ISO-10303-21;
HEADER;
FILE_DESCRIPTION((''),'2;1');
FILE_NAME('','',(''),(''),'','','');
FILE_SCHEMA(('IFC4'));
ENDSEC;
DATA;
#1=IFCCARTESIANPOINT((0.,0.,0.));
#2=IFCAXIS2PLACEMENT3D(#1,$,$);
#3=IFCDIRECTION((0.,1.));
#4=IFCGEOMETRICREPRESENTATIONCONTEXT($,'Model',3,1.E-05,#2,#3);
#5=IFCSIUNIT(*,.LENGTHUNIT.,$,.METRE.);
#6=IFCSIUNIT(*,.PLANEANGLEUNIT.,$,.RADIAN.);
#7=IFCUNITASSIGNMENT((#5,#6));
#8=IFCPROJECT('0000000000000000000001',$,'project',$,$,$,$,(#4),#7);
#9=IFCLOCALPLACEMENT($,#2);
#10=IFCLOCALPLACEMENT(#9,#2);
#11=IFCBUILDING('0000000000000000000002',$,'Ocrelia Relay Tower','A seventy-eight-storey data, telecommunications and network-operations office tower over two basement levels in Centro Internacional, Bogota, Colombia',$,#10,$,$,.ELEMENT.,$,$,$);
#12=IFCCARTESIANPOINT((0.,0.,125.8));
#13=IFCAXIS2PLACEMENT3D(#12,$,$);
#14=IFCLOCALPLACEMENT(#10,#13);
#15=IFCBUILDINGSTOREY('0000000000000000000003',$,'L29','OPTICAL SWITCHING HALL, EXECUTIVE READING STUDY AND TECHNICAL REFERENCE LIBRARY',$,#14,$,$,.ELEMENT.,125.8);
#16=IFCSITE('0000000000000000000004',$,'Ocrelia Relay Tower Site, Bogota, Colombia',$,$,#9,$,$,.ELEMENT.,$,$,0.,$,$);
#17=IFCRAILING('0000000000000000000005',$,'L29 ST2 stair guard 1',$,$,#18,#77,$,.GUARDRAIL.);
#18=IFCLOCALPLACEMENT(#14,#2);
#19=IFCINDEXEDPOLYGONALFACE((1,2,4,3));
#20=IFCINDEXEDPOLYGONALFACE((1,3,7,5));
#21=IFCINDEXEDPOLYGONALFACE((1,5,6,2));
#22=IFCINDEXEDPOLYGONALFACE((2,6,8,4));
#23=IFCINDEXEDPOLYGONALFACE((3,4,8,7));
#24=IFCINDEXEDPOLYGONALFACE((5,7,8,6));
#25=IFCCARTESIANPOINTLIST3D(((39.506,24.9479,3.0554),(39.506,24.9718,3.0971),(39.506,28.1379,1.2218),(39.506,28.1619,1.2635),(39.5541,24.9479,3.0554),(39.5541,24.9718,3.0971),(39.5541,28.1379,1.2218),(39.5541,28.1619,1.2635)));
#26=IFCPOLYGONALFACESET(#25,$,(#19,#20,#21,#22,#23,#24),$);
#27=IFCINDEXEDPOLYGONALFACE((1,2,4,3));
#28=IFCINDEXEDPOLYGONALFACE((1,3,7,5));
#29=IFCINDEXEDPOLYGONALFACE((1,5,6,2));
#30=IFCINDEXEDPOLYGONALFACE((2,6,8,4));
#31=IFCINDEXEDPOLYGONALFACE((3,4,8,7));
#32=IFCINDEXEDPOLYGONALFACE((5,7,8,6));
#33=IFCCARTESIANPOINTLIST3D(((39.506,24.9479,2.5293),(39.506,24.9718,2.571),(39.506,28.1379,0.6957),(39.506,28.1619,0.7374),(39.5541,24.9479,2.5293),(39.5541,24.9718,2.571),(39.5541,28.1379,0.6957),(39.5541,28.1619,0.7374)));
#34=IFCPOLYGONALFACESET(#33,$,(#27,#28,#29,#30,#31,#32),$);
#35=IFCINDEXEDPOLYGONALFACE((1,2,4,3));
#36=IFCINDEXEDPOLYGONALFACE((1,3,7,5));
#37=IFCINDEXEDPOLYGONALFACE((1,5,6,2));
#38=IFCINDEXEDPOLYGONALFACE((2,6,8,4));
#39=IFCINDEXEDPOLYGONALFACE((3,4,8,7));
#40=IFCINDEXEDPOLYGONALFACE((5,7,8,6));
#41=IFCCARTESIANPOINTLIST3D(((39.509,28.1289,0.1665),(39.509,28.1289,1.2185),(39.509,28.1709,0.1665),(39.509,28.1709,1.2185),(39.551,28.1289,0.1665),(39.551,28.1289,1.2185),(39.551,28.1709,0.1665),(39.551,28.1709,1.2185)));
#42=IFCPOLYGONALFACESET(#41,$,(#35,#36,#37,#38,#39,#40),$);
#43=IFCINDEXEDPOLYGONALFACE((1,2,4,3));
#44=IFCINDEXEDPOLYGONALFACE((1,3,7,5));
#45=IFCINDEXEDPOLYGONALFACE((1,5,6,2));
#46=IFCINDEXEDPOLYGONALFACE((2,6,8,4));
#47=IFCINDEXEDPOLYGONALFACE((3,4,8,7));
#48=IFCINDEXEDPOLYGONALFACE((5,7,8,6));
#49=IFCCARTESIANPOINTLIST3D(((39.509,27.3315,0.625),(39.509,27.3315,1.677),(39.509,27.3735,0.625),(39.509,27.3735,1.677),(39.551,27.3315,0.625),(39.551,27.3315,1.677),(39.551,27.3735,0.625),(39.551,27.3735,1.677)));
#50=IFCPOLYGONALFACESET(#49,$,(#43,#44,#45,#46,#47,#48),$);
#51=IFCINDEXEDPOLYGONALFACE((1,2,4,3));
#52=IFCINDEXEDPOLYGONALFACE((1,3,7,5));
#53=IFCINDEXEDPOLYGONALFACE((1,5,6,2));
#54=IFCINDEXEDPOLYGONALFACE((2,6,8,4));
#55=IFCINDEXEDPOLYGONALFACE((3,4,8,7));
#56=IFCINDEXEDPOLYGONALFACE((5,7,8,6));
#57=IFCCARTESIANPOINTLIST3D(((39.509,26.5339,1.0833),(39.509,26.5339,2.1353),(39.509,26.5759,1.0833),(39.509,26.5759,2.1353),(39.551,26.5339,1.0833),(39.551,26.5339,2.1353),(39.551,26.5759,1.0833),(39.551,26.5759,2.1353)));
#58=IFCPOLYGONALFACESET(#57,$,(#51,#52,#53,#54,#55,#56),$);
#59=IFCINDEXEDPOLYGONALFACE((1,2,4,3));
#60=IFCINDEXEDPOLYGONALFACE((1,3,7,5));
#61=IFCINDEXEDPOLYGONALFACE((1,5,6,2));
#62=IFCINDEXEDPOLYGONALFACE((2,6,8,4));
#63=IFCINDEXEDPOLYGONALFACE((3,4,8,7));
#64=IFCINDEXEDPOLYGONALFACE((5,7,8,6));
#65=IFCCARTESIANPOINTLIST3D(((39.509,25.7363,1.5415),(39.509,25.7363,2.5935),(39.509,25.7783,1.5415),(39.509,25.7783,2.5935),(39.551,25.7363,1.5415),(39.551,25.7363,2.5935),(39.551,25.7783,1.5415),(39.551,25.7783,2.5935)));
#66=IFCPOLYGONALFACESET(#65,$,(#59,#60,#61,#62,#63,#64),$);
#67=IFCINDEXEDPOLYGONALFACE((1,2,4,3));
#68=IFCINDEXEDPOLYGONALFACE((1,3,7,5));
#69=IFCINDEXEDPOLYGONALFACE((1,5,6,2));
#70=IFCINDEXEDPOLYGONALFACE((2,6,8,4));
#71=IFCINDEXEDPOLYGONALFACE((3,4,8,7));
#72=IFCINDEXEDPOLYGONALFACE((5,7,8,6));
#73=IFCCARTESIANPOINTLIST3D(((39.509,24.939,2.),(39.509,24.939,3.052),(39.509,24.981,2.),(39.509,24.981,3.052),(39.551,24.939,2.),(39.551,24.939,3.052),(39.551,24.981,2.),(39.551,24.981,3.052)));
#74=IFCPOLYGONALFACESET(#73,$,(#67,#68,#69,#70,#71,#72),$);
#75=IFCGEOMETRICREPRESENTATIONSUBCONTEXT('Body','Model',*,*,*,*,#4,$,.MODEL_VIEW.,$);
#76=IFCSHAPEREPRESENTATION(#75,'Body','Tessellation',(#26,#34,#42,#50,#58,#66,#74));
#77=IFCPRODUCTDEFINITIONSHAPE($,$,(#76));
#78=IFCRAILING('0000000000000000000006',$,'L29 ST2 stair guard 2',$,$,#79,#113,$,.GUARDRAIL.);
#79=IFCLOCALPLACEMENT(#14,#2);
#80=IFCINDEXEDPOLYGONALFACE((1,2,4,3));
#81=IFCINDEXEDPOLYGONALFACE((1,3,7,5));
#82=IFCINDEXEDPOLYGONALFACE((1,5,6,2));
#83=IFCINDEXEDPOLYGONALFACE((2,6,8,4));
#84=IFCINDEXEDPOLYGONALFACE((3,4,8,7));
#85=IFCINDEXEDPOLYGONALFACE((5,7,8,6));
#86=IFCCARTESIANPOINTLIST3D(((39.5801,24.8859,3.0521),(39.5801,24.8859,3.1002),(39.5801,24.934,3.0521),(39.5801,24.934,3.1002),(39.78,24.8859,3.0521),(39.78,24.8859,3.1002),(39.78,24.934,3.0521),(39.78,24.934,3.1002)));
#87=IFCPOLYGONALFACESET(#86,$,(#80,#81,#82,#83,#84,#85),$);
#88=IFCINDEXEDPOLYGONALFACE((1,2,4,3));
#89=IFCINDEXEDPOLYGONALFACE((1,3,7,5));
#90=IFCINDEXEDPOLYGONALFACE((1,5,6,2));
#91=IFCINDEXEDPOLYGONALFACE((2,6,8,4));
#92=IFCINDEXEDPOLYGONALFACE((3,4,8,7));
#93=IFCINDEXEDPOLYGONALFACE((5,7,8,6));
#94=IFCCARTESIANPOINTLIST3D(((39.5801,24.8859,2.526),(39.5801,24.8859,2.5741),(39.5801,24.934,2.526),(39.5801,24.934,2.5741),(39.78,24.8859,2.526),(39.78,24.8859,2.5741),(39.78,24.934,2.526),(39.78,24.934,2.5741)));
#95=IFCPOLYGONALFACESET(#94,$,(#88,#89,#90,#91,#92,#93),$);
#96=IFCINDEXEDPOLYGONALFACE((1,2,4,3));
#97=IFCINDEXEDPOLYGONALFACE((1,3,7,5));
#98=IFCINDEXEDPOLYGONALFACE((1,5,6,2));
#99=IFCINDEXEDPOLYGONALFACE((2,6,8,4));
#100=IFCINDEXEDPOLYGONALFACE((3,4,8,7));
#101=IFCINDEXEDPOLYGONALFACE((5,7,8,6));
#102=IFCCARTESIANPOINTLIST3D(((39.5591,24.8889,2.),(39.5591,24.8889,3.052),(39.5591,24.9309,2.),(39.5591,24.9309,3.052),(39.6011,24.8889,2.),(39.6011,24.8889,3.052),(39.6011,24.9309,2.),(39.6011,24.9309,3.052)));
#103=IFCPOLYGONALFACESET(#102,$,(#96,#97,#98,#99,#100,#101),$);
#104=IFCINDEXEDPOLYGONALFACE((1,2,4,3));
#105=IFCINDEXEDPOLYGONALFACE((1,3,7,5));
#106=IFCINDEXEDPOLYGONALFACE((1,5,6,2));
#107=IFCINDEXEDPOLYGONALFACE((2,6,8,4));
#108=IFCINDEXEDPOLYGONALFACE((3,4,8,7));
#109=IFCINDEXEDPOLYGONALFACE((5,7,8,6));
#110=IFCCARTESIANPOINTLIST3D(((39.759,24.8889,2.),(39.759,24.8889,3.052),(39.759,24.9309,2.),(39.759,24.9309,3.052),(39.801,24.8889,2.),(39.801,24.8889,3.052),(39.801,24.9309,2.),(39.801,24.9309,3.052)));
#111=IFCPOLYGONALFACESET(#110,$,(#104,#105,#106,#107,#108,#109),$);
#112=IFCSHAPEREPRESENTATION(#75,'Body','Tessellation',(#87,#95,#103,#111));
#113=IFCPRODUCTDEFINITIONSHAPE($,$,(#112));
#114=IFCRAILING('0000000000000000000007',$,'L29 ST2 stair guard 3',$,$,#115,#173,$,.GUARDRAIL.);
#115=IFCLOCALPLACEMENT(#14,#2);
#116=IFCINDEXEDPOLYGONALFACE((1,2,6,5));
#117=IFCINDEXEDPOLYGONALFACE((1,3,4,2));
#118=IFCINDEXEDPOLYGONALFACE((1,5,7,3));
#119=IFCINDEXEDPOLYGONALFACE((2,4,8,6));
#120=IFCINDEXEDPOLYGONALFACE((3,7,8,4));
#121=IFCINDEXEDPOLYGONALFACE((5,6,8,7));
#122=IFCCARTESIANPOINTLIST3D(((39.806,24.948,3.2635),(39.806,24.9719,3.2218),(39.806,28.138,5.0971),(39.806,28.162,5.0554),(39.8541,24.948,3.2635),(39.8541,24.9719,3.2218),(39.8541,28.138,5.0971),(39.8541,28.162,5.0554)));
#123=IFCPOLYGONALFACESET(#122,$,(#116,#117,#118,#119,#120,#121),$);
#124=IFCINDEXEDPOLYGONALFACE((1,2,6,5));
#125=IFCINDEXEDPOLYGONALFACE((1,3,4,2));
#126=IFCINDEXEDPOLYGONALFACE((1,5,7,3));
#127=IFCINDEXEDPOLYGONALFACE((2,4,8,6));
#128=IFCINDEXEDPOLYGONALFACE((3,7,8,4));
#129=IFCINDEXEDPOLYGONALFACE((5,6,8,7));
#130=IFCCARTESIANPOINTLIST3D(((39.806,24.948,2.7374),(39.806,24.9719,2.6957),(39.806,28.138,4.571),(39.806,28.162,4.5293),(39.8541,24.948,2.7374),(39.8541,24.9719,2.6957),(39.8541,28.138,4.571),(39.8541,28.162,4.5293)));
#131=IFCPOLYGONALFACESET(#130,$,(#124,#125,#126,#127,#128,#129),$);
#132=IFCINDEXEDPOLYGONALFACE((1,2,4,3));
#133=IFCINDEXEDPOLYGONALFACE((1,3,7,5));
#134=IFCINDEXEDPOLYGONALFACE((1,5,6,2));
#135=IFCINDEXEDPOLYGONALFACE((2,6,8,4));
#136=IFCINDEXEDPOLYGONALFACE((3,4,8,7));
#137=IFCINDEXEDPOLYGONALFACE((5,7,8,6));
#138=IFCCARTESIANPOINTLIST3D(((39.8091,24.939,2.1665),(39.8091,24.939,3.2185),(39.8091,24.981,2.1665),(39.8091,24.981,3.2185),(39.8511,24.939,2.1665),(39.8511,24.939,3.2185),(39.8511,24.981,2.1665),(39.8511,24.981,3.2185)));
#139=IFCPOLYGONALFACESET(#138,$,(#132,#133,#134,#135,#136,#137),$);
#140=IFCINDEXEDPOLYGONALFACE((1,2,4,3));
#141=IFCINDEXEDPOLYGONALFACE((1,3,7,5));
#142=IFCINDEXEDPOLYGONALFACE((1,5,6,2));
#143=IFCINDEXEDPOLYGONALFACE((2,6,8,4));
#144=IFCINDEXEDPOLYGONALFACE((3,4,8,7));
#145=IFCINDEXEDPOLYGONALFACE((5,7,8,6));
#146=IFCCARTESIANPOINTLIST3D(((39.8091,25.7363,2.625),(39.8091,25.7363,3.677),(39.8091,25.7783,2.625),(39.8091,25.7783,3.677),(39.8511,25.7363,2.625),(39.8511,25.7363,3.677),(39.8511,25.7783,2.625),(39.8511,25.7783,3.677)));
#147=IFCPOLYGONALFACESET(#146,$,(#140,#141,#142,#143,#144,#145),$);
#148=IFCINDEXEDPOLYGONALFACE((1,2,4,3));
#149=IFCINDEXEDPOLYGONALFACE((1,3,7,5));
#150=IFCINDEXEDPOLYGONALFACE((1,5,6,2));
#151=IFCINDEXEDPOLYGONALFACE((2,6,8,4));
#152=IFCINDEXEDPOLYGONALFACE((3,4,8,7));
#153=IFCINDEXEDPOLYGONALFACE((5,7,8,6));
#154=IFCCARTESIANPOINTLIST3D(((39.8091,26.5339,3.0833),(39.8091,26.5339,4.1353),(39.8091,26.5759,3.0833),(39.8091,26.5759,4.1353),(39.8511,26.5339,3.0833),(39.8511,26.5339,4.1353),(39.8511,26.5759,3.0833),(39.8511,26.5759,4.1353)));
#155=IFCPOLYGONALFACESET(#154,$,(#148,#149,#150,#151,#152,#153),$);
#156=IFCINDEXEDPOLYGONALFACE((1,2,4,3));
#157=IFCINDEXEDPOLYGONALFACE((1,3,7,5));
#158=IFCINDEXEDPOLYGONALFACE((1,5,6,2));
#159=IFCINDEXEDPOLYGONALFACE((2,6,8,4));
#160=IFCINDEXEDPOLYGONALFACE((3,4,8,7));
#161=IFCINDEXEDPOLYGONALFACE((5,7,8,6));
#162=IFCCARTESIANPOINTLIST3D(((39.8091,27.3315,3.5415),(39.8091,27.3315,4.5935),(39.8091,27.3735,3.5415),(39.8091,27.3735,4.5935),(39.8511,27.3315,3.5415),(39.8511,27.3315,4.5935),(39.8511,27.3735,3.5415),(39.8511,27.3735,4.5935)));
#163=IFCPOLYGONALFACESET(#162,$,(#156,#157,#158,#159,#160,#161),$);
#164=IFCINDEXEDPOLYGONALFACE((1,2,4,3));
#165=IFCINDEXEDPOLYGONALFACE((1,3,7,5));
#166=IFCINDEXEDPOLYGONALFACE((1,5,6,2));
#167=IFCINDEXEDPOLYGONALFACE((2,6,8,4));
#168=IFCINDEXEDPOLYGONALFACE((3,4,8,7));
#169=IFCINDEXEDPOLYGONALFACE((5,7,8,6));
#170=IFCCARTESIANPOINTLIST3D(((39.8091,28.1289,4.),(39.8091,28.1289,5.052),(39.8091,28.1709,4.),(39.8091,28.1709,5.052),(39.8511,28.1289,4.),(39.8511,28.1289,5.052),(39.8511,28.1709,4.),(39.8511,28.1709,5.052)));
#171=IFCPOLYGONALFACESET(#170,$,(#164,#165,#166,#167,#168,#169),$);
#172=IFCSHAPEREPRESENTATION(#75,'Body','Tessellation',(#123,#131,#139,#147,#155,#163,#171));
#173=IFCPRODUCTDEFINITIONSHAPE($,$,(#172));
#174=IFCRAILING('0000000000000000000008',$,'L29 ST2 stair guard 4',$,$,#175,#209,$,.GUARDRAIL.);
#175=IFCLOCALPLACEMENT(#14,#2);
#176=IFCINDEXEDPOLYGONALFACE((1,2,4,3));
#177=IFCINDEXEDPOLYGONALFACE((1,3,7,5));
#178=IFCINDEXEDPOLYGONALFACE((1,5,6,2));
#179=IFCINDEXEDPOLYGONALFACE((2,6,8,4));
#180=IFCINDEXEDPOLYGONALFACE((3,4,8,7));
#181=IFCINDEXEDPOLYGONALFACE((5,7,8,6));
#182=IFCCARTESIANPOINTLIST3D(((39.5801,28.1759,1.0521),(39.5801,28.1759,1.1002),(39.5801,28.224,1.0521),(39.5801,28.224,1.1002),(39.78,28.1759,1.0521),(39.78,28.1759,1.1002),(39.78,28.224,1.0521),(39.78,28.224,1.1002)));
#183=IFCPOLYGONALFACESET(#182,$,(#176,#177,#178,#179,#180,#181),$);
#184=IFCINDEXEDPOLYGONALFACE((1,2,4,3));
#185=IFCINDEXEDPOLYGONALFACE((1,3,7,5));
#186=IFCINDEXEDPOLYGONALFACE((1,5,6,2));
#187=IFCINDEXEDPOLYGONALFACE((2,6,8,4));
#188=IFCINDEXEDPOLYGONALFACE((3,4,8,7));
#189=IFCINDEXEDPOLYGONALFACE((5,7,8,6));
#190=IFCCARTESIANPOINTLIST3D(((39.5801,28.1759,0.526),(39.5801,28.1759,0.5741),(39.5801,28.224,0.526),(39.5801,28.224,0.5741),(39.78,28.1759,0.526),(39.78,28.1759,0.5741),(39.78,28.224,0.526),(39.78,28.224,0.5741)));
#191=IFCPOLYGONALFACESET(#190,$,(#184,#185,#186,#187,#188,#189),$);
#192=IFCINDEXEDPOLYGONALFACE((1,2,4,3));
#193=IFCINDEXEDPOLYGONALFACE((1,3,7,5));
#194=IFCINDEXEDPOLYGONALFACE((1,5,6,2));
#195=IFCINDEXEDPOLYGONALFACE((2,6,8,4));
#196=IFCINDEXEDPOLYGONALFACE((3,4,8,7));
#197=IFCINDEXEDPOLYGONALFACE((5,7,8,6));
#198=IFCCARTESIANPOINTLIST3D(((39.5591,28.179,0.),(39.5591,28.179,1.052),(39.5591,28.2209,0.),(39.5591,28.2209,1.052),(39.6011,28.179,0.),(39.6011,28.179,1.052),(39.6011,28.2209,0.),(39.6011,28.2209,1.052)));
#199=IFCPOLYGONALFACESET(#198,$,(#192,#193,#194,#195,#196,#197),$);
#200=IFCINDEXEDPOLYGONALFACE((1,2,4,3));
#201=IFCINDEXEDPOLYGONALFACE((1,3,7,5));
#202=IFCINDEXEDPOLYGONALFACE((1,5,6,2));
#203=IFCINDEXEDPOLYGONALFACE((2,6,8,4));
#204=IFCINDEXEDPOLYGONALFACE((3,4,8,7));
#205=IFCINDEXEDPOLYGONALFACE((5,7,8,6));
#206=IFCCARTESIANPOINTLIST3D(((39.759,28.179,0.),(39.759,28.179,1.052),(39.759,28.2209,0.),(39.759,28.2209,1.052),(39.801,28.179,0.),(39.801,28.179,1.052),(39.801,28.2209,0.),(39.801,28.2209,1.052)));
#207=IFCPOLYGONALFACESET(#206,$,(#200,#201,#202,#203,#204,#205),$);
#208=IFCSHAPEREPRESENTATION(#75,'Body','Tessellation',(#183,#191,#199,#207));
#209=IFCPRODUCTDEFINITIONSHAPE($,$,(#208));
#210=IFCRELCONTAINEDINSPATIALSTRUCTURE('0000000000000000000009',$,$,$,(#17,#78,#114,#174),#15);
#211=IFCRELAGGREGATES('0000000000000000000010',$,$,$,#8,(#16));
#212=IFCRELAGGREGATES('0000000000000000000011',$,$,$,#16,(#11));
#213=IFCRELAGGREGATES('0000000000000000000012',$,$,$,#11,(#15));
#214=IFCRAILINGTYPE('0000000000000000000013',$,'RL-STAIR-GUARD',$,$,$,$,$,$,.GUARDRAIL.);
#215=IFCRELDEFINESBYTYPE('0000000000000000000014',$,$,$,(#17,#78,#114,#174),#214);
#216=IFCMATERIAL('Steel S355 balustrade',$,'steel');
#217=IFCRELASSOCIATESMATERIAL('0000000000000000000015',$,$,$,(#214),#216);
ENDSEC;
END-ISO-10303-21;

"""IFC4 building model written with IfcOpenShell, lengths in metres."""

from ifc_helpers import new_model, si_unit, direction, frame, origin, origin_2d, place, context, subcontext, project, spatial, rectangle, extrude, material, type_object, element, save


model = new_model("IFC4")

# Units and contexts
model_context = context("Model", 3, precision=1e-05, world=origin(), true_north=direction((0.0, 1.0)))
body_context = subcontext(model_context, "Body", "Model", "MODEL_VIEW")
ifc_project = project(units=[si_unit("LENGTHUNIT", "METRE"), si_unit("PLANEANGLEUNIT", "RADIAN")], contexts=[model_context])

# Site, building, storey
site_placement = place(None, origin())
site = spatial("IfcSite", under=ifc_project, at=site_placement, Name="Ocrelia Relay Tower Site, Bogota, Colombia", CompositionType="ELEMENT", RefElevation=0.0)
building_placement = place(site_placement, origin())
building = spatial("IfcBuilding", under=site, at=building_placement, Name="Ocrelia Relay Tower", Description="A seventy-eight-storey data, telecommunications and network-operations office tower over two basement levels in Centro Internacional, Bogota, Colombia", CompositionType="ELEMENT")
storey_placement = place(building_placement, frame((0.0, 0.0, 125.8)))
storey = spatial("IfcBuildingStorey", under=building, at=storey_placement, Name="L29", Description="OPTICAL SWITCHING HALL, EXECUTIVE READING STUDY AND TECHNICAL REFERENCE LIBRARY", CompositionType="ELEMENT", Elevation=125.8)

# Railings
ifc_material_1 = material(Name="Steel S355 balustrade", Category="steel")
railing_type_1 = type_object("IfcRailingType", Name="RL-STAIR-GUARD", PredefinedType="GUARDRAIL", material=ifc_material_1)
railing_1_placement = place(storey_placement, frame((39.53, 28.1499, 0.1665)))
element("IfcRailing", 1, at=railing_1_placement, inside=storey, type_object=railing_type_1, Name="L29 ST2 stair guard 1", PredefinedType="GUARDRAIL", context=body_context, shape_type="SweptSolid", body=[
    extrude(rectangle(XDim=0.0481, YDim=0.0481, at=origin_2d()), frame((0.0, 0.0, 1.0762), z_axis=(0.0, -0.866991, 0.498324), x_axis=(1.0, 0.0, 0.0)), (0.0, 0.0, 1.0), 3.6794),
    extrude(rectangle(XDim=0.0481, YDim=0.0481, at=origin_2d()), frame((0.0, 0.0, 0.55), z_axis=(0.0, -0.866991, 0.498324), x_axis=(1.0, 0.0, 0.0)), (0.0, 0.0, 1.0), 3.6794),
    extrude(rectangle(XDim=0.042, YDim=0.042, at=origin_2d()), origin(), (0.0, 0.0, 1.0), 1.052),
    extrude(rectangle(XDim=0.042, YDim=0.042, at=origin_2d()), frame((0.0, -0.7974, 0.4585)), (0.0, 0.0, 1.0), 1.052),
    extrude(rectangle(XDim=0.042, YDim=0.042, at=origin_2d()), frame((0.0, -1.595, 0.9167)), (0.0, 0.0, 1.0), 1.052),
    extrude(rectangle(XDim=0.042, YDim=0.042, at=origin_2d()), frame((0.0, -2.3926, 1.375)), (0.0, 0.0, 1.0), 1.052),
    extrude(rectangle(XDim=0.042, YDim=0.042, at=origin_2d()), frame((0.0, -3.1899, 1.8335)), (0.0, 0.0, 1.0), 1.052),
])
railing_2_placement = place(storey_placement, frame((39.5801, 24.9099, 2.0)))
element("IfcRailing", 2, at=railing_2_placement, inside=storey, type_object=railing_type_1, Name="L29 ST2 stair guard 2", PredefinedType="GUARDRAIL", context=body_context, shape_type="SweptSolid", body=[
    extrude(rectangle(XDim=0.0481, YDim=0.0481, at=origin_2d()), frame((0.0, 0.0, 1.0762), z_axis=(1.0, 0.0, 0.0), x_axis=(0.0, 1.0, 0.0)), (0.0, 0.0, 1.0), 0.2),
    extrude(rectangle(XDim=0.0481, YDim=0.0481, at=origin_2d()), frame((0.0, 0.0, 0.55), z_axis=(1.0, 0.0, 0.0), x_axis=(0.0, 1.0, 0.0)), (0.0, 0.0, 1.0), 0.2),
    extrude(rectangle(XDim=0.042, YDim=0.042, at=origin_2d()), origin(), (0.0, 0.0, 1.0), 1.052),
    extrude(rectangle(XDim=0.042, YDim=0.042, at=origin_2d()), frame((0.2, 0.0, 0.0)), (0.0, 0.0, 1.0), 1.052),
])
railing_3_placement = place(storey_placement, frame((39.8301, 24.96, 2.1665)))
element("IfcRailing", 3, at=railing_3_placement, inside=storey, type_object=railing_type_1, Name="L29 ST2 stair guard 3", PredefinedType="GUARDRAIL", context=body_context, shape_type="SweptSolid", body=[
    extrude(rectangle(XDim=0.0481, YDim=0.0481, at=origin_2d()), frame((0.0, 0.0, 1.0762), z_axis=(0.0, 0.866991, 0.498324), x_axis=(-1.0, 0.0, 0.0)), (0.0, 0.0, 1.0), 3.6794),
    extrude(rectangle(XDim=0.0481, YDim=0.0481, at=origin_2d()), frame((0.0, 0.0, 0.55), z_axis=(0.0, 0.866991, 0.498324), x_axis=(-1.0, 0.0, 0.0)), (0.0, 0.0, 1.0), 3.6794),
    extrude(rectangle(XDim=0.042, YDim=0.042, at=origin_2d()), origin(), (0.0, 0.0, 1.0), 1.052),
    extrude(rectangle(XDim=0.042, YDim=0.042, at=origin_2d()), frame((0.0, 0.7974, 0.4585)), (0.0, 0.0, 1.0), 1.052),
    extrude(rectangle(XDim=0.042, YDim=0.042, at=origin_2d()), frame((0.0, 1.595, 0.9167)), (0.0, 0.0, 1.0), 1.052),
    extrude(rectangle(XDim=0.042, YDim=0.042, at=origin_2d()), frame((0.0, 2.3926, 1.375)), (0.0, 0.0, 1.0), 1.052),
    extrude(rectangle(XDim=0.042, YDim=0.042, at=origin_2d()), frame((0.0, 3.1899, 1.8335)), (0.0, 0.0, 1.0), 1.052),
])
railing_4_placement = place(storey_placement, frame((39.5801, 28.2, 0.0)))
element("IfcRailing", 4, at=railing_4_placement, inside=storey, type_object=railing_type_1, Name="L29 ST2 stair guard 4", PredefinedType="GUARDRAIL", context=body_context, shape_type="SweptSolid", body=[
    extrude(rectangle(XDim=0.0481, YDim=0.0481, at=origin_2d()), frame((0.0, 0.0, 1.0762), z_axis=(1.0, 0.0, 0.0), x_axis=(0.0, 1.0, 0.0)), (0.0, 0.0, 1.0), 0.2),
    extrude(rectangle(XDim=0.0481, YDim=0.0481, at=origin_2d()), frame((0.0, 0.0, 0.55), z_axis=(1.0, 0.0, 0.0), x_axis=(0.0, 1.0, 0.0)), (0.0, 0.0, 1.0), 0.2),
    extrude(rectangle(XDim=0.042, YDim=0.042, at=origin_2d()), origin(), (0.0, 0.0, 1.0), 1.052),
    extrude(rectangle(XDim=0.042, YDim=0.042, at=origin_2d()), frame((0.2, 0.0, 0.0)), (0.0, 0.0, 1.0), 1.052),
])

save(model, "model.ifc")
